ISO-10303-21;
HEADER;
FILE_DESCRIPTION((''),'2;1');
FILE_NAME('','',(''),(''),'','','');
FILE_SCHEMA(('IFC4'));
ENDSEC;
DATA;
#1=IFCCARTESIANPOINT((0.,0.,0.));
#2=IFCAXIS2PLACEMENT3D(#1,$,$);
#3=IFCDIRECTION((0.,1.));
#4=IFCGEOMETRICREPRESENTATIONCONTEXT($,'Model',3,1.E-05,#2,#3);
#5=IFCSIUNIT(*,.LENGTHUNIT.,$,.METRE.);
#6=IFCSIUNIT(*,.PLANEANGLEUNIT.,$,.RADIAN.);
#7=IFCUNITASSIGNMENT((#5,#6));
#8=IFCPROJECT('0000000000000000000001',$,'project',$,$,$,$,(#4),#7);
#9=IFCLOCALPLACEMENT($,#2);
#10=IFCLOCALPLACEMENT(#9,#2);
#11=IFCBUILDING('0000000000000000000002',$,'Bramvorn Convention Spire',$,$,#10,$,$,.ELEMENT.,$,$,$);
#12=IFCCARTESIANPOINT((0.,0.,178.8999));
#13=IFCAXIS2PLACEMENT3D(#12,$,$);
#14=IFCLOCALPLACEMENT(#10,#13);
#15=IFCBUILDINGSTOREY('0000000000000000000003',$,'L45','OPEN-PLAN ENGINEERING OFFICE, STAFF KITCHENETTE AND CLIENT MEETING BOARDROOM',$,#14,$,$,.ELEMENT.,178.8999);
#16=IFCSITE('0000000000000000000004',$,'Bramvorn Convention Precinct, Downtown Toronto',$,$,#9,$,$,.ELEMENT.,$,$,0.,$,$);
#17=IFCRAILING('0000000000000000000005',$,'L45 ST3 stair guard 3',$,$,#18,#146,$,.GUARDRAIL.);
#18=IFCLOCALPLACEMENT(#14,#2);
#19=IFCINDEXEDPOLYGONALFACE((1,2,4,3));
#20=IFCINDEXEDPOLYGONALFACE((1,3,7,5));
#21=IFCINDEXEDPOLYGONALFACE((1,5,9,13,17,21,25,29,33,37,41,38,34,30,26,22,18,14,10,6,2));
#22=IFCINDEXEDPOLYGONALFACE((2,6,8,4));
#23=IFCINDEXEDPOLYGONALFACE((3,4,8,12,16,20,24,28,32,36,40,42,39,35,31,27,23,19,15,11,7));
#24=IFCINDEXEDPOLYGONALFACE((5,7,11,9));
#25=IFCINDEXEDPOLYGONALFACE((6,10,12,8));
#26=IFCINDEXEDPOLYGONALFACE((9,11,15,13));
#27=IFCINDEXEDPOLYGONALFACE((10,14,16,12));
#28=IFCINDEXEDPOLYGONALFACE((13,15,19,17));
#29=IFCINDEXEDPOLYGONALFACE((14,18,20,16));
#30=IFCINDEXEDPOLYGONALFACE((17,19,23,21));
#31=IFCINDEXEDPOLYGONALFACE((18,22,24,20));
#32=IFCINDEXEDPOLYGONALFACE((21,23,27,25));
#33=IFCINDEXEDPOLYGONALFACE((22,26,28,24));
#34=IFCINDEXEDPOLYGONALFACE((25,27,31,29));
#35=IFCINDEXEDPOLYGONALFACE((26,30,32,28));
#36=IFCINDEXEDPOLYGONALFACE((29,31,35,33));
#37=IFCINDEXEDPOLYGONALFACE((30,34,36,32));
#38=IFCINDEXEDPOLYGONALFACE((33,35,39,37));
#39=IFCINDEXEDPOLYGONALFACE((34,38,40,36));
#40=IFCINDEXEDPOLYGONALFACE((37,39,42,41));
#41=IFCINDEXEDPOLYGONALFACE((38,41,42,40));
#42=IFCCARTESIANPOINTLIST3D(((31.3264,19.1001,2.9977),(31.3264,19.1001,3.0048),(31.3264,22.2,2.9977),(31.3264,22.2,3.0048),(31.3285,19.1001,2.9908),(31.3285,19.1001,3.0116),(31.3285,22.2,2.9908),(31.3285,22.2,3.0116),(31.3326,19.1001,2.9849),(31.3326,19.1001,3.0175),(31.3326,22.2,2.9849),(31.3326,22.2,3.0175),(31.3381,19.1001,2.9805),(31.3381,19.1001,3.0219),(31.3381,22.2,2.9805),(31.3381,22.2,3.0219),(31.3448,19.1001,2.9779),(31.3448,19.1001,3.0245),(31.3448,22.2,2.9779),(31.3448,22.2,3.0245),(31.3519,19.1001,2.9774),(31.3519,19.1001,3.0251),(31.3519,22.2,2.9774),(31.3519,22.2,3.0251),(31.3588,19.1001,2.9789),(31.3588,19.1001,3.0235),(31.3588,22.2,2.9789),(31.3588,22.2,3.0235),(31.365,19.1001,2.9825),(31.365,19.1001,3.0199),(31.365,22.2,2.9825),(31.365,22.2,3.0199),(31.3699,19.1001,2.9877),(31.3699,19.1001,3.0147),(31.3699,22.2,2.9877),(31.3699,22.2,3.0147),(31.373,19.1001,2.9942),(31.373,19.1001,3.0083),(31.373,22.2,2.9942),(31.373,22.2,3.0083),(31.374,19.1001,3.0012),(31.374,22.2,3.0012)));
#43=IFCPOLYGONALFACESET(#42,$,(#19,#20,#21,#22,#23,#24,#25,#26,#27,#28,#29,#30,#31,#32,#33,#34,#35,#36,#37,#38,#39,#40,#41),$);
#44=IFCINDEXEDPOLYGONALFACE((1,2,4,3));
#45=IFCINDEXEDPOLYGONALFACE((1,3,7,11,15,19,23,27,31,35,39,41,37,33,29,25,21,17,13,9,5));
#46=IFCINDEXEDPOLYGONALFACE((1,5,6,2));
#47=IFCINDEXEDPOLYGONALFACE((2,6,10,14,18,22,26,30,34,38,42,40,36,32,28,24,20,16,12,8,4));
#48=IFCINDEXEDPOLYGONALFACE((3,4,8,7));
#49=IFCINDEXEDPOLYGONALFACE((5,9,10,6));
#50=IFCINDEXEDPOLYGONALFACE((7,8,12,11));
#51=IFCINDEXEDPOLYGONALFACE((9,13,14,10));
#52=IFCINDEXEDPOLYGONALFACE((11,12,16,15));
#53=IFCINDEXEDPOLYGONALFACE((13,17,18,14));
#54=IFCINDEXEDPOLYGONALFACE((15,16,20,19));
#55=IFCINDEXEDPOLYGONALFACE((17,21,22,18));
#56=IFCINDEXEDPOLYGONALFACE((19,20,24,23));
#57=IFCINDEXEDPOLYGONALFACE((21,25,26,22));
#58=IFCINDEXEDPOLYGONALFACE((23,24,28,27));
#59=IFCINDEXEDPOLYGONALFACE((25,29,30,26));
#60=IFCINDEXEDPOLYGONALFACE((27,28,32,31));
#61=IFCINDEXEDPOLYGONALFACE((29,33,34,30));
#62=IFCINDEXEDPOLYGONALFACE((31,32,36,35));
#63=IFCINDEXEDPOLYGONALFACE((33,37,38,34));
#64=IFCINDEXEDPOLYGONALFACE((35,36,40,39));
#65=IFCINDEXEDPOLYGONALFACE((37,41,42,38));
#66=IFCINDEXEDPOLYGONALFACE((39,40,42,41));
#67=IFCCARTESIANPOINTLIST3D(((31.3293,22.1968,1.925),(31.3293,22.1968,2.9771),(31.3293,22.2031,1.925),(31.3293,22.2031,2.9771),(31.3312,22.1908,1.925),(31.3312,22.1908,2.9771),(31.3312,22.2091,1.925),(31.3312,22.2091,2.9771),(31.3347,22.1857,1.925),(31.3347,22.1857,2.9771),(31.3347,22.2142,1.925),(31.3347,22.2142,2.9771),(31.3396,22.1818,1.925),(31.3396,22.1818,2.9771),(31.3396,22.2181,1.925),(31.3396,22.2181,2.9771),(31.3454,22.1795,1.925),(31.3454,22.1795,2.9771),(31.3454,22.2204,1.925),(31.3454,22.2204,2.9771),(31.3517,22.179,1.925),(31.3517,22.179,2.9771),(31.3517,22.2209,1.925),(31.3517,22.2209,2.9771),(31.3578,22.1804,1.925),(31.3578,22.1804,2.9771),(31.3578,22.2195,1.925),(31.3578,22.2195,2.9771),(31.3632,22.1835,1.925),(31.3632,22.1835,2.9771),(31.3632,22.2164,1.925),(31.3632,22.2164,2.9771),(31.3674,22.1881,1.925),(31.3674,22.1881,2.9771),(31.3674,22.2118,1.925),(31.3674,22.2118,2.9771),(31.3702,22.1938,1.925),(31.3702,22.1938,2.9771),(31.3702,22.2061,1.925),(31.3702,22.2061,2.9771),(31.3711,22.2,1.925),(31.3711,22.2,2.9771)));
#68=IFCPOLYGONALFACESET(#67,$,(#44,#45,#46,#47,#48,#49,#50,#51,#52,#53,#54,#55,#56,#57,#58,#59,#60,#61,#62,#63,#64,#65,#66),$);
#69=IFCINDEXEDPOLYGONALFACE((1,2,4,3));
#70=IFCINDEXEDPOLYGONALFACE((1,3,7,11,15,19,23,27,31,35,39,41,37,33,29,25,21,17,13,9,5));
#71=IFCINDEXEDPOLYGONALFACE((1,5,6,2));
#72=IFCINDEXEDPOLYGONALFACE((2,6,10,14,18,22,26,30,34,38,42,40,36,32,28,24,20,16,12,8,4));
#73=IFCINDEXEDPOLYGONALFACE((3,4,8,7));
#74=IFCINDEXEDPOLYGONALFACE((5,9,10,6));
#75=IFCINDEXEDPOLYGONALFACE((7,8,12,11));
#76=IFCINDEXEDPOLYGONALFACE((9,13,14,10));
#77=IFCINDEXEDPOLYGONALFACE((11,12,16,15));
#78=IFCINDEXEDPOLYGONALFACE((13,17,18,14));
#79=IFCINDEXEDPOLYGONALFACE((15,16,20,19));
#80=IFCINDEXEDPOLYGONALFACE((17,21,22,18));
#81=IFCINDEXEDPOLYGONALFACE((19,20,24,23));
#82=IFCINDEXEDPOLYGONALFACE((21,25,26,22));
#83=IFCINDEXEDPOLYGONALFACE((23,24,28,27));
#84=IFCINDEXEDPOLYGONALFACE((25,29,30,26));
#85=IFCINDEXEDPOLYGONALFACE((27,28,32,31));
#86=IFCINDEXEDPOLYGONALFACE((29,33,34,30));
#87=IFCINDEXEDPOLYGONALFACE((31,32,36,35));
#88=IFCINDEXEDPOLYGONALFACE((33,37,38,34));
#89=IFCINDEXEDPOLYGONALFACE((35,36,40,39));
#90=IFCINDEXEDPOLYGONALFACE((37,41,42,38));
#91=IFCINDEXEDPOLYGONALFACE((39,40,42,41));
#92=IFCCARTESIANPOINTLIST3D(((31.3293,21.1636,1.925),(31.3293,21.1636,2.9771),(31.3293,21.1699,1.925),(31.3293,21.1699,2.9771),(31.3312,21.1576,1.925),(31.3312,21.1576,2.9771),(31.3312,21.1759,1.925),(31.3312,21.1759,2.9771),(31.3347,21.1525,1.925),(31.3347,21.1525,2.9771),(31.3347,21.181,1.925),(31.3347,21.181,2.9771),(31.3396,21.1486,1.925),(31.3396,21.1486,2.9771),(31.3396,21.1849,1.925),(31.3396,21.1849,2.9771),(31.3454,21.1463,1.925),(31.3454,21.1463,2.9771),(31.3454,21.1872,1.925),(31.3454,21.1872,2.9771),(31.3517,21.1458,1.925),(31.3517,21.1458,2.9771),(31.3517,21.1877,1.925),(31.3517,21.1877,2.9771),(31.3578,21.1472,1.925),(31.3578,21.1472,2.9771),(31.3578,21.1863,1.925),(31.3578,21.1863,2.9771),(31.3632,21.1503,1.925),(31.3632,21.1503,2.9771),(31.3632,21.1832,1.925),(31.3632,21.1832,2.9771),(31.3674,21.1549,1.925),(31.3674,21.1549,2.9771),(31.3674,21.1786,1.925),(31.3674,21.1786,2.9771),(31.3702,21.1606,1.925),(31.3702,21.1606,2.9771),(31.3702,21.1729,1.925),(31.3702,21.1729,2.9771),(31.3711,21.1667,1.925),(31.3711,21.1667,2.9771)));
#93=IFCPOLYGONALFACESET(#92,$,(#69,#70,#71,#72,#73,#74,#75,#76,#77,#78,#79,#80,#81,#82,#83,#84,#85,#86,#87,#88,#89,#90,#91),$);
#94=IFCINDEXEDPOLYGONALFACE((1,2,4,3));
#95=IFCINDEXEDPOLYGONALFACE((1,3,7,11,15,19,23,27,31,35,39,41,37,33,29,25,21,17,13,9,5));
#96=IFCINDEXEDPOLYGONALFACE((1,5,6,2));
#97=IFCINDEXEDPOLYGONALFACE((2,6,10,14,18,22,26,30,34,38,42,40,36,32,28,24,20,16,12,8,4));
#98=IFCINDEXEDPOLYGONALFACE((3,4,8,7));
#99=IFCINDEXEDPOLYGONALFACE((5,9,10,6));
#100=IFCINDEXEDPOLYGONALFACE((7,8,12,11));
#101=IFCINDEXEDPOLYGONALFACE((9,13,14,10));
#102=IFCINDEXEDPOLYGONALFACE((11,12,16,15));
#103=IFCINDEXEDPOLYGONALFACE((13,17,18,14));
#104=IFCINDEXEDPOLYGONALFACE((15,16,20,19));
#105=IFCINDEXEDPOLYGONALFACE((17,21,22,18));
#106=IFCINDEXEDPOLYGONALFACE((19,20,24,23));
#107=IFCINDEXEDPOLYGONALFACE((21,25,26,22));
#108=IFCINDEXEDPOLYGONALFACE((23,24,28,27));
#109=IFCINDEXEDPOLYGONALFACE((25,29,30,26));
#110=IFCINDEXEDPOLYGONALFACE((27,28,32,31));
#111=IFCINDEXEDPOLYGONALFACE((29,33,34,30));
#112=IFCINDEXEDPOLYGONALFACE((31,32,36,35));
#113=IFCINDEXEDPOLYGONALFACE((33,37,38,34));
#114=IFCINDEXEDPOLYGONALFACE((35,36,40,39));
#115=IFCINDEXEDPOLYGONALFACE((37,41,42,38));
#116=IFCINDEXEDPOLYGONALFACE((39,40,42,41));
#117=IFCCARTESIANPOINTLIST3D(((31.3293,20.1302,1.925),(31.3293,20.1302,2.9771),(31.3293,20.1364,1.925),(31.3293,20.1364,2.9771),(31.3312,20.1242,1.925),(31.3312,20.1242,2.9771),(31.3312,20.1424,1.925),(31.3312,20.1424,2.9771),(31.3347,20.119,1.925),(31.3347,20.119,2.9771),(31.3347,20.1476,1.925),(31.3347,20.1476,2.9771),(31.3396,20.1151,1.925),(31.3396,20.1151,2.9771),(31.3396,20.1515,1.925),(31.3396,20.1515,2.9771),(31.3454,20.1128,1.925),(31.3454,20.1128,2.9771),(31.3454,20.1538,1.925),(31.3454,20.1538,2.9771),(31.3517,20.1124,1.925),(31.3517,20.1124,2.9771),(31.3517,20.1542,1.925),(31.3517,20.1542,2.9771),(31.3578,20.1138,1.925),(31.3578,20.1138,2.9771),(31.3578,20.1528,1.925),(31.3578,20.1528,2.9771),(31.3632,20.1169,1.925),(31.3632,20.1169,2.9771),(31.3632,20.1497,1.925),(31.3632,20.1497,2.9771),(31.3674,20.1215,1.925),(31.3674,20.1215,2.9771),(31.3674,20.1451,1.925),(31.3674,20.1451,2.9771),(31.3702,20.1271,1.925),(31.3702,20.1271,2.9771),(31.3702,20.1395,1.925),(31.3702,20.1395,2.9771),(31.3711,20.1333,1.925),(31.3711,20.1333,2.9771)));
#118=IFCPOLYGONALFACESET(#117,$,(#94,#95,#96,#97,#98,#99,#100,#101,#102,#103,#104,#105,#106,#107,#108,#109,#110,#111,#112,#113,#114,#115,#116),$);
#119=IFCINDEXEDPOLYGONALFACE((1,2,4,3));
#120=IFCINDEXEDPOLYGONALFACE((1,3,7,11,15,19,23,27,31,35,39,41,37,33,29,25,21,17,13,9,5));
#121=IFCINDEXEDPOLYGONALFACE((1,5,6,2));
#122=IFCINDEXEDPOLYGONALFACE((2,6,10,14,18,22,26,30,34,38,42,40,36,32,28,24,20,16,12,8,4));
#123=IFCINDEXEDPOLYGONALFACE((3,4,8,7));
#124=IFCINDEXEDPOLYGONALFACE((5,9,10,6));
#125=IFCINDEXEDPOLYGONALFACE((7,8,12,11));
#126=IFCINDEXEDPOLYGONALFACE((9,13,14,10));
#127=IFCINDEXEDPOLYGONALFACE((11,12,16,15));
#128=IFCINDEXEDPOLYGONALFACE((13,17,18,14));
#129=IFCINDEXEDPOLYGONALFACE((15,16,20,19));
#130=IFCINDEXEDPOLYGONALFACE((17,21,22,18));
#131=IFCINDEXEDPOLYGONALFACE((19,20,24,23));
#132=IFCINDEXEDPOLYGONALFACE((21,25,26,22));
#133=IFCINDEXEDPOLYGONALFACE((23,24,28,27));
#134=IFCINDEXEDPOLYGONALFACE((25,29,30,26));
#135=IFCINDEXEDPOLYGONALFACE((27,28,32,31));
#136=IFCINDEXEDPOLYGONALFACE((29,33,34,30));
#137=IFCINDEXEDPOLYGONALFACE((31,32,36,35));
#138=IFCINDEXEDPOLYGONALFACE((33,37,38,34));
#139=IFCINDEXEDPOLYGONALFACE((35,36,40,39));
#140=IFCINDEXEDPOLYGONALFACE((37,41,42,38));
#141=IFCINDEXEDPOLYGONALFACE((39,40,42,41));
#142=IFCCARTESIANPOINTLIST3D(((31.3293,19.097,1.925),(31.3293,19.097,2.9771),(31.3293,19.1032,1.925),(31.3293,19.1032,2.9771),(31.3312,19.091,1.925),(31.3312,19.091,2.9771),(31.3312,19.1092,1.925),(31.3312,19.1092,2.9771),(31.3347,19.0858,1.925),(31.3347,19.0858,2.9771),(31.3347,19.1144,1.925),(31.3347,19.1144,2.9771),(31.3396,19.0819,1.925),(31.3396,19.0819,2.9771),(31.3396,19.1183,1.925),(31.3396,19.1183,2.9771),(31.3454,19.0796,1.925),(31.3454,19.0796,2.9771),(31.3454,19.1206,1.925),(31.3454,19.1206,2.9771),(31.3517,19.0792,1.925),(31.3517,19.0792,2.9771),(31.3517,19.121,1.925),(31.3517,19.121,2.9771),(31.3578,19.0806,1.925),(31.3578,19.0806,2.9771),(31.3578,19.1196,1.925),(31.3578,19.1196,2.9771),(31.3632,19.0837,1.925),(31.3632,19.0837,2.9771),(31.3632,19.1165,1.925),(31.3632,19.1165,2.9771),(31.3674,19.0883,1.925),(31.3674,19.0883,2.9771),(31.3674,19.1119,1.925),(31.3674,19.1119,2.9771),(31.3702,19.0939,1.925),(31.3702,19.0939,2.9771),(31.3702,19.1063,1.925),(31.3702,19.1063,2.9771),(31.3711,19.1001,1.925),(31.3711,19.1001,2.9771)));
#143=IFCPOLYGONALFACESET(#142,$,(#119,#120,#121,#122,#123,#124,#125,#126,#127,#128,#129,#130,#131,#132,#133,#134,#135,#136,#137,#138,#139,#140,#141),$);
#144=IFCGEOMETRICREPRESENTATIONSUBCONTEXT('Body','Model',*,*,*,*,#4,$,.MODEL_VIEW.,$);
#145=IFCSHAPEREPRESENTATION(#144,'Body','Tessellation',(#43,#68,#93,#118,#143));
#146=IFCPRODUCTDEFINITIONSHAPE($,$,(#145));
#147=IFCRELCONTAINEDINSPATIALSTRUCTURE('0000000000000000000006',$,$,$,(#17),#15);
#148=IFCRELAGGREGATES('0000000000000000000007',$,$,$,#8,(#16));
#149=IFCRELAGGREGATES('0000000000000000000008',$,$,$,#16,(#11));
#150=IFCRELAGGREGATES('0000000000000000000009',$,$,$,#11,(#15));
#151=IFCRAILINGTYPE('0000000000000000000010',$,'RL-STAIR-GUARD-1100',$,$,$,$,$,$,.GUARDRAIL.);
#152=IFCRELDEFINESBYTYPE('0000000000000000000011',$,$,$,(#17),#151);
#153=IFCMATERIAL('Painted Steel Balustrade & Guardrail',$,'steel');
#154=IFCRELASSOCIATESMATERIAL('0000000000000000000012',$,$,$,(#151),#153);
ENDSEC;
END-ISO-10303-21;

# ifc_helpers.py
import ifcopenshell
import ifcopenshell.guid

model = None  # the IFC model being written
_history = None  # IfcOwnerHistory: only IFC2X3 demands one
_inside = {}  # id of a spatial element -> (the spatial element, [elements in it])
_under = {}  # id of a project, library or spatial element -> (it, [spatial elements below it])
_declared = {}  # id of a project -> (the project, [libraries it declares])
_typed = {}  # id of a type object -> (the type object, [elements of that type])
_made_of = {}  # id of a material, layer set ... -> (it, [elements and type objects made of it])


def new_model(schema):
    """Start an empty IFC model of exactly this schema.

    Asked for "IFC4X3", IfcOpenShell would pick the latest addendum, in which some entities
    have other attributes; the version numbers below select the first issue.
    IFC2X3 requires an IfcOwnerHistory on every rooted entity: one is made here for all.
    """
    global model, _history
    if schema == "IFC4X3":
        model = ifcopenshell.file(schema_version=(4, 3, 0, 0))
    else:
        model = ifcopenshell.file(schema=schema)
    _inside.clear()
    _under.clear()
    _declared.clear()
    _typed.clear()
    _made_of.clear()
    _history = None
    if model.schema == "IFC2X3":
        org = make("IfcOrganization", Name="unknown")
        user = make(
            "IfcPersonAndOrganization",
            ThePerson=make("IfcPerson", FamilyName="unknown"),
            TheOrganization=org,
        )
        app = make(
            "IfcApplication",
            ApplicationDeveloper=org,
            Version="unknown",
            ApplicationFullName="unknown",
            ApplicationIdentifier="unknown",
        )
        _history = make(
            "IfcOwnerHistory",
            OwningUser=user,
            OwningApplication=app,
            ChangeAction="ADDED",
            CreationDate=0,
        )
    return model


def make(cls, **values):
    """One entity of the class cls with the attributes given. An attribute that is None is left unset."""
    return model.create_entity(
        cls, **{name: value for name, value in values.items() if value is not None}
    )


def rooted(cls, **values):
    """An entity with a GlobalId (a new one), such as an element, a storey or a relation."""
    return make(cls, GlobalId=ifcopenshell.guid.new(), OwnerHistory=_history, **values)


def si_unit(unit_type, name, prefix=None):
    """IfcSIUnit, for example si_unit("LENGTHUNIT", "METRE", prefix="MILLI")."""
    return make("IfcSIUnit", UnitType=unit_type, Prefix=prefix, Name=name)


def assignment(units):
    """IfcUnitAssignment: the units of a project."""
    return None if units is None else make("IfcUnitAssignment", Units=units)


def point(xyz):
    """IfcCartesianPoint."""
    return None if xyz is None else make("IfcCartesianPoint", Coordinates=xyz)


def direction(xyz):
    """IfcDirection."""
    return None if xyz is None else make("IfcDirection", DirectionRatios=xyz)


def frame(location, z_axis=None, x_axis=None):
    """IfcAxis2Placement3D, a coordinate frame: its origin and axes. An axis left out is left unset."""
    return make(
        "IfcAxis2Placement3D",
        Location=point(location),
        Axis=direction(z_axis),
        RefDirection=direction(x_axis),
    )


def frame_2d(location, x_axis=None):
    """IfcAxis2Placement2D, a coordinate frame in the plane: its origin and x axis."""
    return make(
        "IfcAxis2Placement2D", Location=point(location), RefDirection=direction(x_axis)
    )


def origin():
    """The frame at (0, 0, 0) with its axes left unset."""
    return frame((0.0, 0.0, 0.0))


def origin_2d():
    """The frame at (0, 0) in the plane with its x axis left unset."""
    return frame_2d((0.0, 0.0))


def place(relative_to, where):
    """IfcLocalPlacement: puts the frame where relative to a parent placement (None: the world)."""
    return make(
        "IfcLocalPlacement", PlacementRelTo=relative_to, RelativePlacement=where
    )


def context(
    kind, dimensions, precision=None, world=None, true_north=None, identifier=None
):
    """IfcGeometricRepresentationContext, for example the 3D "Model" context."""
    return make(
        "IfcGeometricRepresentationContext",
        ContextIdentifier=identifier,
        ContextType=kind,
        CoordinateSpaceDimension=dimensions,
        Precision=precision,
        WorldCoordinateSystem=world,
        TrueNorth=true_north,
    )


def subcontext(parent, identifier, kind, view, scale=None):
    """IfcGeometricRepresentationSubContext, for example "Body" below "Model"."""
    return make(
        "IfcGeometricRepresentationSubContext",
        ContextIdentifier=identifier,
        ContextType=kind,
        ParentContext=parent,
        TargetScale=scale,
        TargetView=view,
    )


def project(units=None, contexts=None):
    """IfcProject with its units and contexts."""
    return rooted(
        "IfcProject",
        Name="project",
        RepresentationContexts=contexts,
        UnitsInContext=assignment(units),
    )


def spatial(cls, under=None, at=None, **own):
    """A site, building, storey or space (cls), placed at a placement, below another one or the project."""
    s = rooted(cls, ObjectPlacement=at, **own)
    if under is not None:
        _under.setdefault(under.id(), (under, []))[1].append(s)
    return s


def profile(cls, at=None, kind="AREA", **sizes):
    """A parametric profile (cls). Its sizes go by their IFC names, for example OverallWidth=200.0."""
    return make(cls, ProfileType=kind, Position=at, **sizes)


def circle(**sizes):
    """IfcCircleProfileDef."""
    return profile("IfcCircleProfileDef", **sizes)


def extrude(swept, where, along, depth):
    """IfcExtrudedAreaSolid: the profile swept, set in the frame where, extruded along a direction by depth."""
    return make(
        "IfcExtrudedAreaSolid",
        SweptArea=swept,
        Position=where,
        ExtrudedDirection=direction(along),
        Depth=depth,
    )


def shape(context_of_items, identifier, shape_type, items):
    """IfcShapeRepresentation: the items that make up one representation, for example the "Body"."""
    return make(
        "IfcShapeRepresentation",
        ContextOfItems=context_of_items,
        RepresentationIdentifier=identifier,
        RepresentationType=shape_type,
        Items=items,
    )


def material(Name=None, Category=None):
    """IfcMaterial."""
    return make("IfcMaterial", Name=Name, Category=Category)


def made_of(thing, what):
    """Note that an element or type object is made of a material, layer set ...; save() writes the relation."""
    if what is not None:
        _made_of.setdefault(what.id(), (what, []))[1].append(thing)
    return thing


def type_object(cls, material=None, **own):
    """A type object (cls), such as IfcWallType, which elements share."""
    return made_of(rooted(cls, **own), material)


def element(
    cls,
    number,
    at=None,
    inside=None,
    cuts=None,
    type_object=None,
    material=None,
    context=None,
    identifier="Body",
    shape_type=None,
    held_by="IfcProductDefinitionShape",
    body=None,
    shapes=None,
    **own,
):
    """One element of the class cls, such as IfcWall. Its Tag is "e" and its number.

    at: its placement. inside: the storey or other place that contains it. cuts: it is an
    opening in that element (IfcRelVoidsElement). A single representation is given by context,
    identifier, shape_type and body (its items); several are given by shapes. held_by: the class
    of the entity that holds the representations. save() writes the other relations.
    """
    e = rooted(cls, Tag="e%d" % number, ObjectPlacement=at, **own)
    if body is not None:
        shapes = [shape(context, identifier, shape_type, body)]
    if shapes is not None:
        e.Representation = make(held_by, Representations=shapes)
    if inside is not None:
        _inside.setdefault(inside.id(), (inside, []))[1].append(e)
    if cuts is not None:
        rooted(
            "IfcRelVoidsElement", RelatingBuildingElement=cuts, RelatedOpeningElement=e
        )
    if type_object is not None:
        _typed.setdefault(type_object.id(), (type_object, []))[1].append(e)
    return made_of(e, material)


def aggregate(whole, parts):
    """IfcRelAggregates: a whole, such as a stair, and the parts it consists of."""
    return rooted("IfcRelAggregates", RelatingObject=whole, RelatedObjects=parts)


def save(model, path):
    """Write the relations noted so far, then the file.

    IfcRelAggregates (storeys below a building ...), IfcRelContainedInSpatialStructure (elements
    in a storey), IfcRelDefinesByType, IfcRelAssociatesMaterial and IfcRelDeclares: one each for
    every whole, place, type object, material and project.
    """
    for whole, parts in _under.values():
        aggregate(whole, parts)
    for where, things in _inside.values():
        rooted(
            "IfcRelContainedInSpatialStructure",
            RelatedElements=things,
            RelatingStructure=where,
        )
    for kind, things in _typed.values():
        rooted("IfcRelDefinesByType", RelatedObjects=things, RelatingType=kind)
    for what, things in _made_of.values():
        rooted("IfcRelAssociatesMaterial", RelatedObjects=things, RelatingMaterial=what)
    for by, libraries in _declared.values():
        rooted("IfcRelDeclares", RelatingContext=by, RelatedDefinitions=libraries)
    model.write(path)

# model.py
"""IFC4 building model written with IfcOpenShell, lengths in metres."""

from ifc_helpers import new_model, si_unit, direction, frame, origin, origin_2d, place, context, subcontext, project, spatial, circle, extrude, material, type_object, element, save


model = new_model("IFC4")

# Units and contexts
model_context = context("Model", 3, precision=1e-05, world=origin(), true_north=direction((0.0, 1.0)))
body_context = subcontext(model_context, "Body", "Model", "MODEL_VIEW")
ifc_project = project(units=[si_unit("LENGTHUNIT", "METRE"), si_unit("PLANEANGLEUNIT", "RADIAN")], contexts=[model_context])

# Site, building, storey
site_placement = place(None, origin())
site = spatial("IfcSite", under=ifc_project, at=site_placement, Name="Bramvorn Convention Precinct, Downtown Toronto", CompositionType="ELEMENT", RefElevation=0.0)
building_placement = place(site_placement, origin())
building = spatial("IfcBuilding", under=site, at=building_placement, Name="Bramvorn Convention Spire", CompositionType="ELEMENT")
storey_placement = place(building_placement, frame((0.0, 0.0, 178.8999)))
storey = spatial("IfcBuildingStorey", under=building, at=storey_placement, Name="L45", Description="OPEN-PLAN ENGINEERING OFFICE, STAFF KITCHENETTE AND CLIENT MEETING BOARDROOM", CompositionType="ELEMENT", Elevation=178.8999)

# Railing
ifc_material_1 = material(Name="Painted Steel Balustrade & Guardrail", Category="steel")
railing_type_1 = type_object("IfcRailingType", Name="RL-STAIR-GUARD-1100", PredefinedType="GUARDRAIL", material=ifc_material_1)
for number, where, name in (
    (1, (31.3501, 22.2, 1.925), "L45 ST3 stair guard 3"),
):
    element("IfcRailing", number, at=place(storey_placement, frame(where)), inside=storey, type_object=railing_type_1, Name=name, PredefinedType="GUARDRAIL", context=body_context, shape_type="SweptSolid", body=[
        extrude(circle(Radius=0.0239, at=origin_2d()), frame((0.0, 0.0, 1.0762), z_axis=(0.0, -1.0, 0.0), x_axis=(1.0, 0.0, 0.0)), (0.0, 0.0, 1.0), 3.0999),
        extrude(circle(Radius=0.021, at=origin_2d()), origin(), (0.0, 0.0, 1.0), 1.052),
        extrude(circle(Radius=0.021, at=origin_2d()), frame((0.0, -1.0332, 0.0)), (0.0, 0.0, 1.0), 1.052),
        extrude(circle(Radius=0.021, at=origin_2d()), frame((0.0, -2.0667, 0.0)), (0.0, 0.0, 1.0), 1.052),
        extrude(circle(Radius=0.021, at=origin_2d()), frame((0.0, -3.0999, 0.0)), (0.0, 0.0, 1.0), 1.052),
    ])

save(model, "model.ifc")
